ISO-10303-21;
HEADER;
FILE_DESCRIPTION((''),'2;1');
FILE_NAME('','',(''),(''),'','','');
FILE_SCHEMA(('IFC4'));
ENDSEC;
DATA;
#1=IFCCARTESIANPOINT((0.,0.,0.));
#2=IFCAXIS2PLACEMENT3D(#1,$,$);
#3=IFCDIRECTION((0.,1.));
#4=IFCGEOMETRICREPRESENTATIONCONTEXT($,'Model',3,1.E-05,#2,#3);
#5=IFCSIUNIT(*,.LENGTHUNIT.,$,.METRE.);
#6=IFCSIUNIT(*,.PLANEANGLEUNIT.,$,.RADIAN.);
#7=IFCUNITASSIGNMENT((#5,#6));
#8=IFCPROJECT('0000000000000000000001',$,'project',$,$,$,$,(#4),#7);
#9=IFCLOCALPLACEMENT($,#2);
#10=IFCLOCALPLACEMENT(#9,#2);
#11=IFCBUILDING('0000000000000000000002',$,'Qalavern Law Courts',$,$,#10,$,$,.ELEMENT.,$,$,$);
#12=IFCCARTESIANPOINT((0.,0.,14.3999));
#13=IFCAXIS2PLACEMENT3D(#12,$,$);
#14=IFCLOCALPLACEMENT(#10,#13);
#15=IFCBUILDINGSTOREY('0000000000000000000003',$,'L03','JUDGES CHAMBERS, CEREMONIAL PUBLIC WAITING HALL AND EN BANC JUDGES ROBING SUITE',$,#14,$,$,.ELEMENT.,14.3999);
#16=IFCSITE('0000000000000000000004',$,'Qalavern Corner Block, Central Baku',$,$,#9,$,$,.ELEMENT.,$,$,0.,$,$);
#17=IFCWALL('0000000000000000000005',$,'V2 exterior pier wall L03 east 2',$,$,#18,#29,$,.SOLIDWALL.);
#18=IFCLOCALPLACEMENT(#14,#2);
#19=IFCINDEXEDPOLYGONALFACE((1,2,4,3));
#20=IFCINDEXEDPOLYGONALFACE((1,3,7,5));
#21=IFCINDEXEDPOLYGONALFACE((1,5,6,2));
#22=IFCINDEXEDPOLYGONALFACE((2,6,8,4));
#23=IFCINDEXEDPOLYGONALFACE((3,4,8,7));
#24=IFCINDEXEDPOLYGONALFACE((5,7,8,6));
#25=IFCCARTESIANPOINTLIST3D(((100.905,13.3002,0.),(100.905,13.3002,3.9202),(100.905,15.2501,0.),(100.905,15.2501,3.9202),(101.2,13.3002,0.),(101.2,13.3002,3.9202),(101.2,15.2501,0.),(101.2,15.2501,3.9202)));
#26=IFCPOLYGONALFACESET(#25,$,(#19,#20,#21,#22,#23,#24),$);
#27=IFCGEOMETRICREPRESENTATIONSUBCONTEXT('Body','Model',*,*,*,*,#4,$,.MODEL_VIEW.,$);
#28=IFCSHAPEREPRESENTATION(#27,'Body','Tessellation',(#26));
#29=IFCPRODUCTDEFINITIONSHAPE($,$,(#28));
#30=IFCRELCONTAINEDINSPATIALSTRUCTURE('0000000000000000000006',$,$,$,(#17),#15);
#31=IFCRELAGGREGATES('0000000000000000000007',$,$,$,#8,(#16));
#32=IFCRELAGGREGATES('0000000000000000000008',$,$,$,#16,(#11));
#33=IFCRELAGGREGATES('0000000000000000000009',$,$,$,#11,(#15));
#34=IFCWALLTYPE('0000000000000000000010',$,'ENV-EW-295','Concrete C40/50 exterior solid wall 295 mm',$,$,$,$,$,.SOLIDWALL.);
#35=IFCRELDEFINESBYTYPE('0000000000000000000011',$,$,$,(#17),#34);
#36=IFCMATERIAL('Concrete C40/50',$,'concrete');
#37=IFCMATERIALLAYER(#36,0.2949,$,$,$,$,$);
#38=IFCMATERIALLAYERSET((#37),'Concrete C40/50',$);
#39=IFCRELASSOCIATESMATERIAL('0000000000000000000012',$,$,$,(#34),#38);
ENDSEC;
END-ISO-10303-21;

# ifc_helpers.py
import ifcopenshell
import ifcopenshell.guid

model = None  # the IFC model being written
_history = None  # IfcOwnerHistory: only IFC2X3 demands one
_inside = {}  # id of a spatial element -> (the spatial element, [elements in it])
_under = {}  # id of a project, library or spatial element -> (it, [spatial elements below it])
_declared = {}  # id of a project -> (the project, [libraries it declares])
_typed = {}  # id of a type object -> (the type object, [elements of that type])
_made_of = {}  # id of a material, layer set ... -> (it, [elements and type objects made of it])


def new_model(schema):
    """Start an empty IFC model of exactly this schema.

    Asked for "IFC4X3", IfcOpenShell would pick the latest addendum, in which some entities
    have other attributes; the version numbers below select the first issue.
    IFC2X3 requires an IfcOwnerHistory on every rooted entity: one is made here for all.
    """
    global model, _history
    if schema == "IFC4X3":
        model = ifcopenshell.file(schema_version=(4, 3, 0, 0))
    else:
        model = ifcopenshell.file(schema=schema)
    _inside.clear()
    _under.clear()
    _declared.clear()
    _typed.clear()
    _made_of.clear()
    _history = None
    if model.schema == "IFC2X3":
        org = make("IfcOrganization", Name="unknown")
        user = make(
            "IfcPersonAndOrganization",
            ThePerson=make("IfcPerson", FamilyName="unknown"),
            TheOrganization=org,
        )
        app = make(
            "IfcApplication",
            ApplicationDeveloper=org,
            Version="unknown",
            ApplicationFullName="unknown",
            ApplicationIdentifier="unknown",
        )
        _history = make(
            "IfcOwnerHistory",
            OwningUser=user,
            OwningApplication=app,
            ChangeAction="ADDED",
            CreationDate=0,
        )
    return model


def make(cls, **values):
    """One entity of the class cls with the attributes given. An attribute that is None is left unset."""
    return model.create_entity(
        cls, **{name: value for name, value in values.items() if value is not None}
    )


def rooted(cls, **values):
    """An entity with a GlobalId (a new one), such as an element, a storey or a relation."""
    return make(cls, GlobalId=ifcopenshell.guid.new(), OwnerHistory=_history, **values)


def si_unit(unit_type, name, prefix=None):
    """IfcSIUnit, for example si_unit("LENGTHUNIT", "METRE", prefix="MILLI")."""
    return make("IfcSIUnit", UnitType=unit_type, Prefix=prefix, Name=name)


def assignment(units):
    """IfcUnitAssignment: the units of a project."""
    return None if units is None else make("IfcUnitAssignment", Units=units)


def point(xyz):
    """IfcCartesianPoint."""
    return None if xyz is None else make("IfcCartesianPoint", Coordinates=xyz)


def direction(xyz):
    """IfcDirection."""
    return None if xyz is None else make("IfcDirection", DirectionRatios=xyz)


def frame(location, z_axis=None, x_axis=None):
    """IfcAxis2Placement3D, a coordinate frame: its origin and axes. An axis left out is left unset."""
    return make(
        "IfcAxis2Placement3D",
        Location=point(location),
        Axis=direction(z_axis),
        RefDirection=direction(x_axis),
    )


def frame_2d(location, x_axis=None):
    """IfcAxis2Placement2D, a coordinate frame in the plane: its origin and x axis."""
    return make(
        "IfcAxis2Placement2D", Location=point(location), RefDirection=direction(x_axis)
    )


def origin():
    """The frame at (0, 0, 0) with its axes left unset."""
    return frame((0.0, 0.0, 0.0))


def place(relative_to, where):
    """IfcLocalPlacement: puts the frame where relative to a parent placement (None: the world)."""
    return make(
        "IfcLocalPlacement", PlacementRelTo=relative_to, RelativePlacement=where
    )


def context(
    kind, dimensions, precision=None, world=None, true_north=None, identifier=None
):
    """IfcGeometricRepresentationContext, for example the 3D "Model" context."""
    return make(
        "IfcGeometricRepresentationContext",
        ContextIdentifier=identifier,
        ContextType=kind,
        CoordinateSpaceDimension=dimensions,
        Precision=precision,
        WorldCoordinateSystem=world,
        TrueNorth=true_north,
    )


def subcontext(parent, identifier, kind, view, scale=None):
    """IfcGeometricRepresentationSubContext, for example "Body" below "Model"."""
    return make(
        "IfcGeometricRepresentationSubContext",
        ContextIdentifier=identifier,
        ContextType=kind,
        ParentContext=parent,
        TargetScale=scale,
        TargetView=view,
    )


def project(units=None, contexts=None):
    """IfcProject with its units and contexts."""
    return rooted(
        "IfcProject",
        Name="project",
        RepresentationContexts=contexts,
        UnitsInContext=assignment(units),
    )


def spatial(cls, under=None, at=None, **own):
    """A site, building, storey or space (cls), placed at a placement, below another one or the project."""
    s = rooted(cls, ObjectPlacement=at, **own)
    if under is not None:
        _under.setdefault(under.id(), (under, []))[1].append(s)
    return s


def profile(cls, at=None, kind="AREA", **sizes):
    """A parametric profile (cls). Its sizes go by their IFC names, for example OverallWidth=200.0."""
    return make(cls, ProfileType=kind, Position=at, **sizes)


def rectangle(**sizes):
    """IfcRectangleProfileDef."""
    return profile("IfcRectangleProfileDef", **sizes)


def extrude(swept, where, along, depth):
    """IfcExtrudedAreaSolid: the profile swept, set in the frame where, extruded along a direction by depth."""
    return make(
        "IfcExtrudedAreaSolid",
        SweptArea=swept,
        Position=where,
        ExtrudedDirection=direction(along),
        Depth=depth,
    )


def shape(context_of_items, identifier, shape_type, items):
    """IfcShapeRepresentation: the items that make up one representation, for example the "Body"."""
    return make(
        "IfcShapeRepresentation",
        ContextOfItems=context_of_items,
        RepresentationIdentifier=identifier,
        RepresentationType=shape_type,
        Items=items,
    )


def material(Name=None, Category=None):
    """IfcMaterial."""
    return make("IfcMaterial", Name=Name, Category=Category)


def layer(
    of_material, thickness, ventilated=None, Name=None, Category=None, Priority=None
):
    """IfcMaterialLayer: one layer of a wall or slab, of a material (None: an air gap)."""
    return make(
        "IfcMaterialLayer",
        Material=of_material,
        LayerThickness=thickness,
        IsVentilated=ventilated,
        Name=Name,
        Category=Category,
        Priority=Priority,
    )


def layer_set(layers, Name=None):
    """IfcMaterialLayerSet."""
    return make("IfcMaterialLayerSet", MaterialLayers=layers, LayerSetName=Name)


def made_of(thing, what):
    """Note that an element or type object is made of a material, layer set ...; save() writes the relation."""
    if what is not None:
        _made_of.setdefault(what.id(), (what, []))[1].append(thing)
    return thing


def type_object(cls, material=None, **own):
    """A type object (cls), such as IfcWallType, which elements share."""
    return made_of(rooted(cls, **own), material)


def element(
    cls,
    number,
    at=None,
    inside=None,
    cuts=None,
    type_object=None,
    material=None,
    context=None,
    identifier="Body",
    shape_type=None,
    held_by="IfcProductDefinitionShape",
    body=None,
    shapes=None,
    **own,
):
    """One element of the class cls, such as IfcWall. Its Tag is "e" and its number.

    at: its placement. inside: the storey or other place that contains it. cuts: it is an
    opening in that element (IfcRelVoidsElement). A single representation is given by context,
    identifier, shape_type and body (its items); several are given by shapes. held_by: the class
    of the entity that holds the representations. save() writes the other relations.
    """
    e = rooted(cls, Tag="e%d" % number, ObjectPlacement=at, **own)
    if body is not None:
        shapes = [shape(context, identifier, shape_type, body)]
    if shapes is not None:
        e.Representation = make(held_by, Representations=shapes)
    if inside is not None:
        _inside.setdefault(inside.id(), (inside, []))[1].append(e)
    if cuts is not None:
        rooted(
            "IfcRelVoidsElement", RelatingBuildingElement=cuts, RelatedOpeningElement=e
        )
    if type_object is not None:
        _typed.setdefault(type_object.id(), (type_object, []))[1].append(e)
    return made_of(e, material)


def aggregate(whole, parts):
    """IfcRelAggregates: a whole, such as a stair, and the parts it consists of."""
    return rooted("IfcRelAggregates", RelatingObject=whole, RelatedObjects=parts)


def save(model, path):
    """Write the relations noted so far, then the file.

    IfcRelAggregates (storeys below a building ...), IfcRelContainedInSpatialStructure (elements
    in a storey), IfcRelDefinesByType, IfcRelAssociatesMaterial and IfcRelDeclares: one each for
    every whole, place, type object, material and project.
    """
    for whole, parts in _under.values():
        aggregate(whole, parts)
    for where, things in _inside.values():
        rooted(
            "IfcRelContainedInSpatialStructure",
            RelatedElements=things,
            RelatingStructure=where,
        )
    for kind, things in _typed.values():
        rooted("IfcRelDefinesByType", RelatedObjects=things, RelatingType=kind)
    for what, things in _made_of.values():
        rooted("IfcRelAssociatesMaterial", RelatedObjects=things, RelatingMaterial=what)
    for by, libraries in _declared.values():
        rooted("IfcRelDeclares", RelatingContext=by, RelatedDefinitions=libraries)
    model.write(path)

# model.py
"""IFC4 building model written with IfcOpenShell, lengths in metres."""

from ifc_helpers import new_model, si_unit, direction, frame, frame_2d, origin, place, context, subcontext, project, spatial, rectangle, extrude, material, layer, layer_set, type_object, element, save


model = new_model("IFC4")

# Units and contexts
model_context = context("Model", 3, precision=1e-05, world=origin(), true_north=direction((0.0, 1.0)))
body_context = subcontext(model_context, "Body", "Model", "MODEL_VIEW")
ifc_project = project(units=[si_unit("LENGTHUNIT", "METRE"), si_unit("PLANEANGLEUNIT", "RADIAN")], contexts=[model_context])

# Site, building, storey
site_placement = place(None, origin())
site = spatial("IfcSite", under=ifc_project, at=site_placement, Name="Qalavern Corner Block, Central Baku", CompositionType="ELEMENT", RefElevation=0.0)
building_placement = place(site_placement, origin())
building = spatial("IfcBuilding", under=site, at=building_placement, Name="Qalavern Law Courts", CompositionType="ELEMENT")
storey_placement = place(building_placement, frame((0.0, 0.0, 14.3999)))
storey = spatial("IfcBuildingStorey", under=building, at=storey_placement, Name="L03", Description="JUDGES CHAMBERS, CEREMONIAL PUBLIC WAITING HALL AND EN BANC JUDGES ROBING SUITE", CompositionType="ELEMENT", Elevation=14.3999)

# Wall
ifc_material_1 = material(Name="Concrete C40/50", Category="concrete")
ifc_layer_1 = layer(ifc_material_1, 0.2949)
ifc_layer_set_1 = layer_set([ifc_layer_1], Name="Concrete C40/50")
wall_type = type_object("IfcWallType", Name="ENV-EW-295", Description="Concrete C40/50 exterior solid wall 295 mm", PredefinedType="SOLIDWALL", material=ifc_layer_set_1)
wall_placement = place(storey_placement, frame((101.0525, 13.3, 0.0), z_axis=(0.0, 0.0, 1.0), x_axis=(0.0, 1.0, 0.0)))
element("IfcWall", 1, at=wall_placement, inside=storey, type_object=wall_type, Name="V2 exterior pier wall L03 east 2", PredefinedType="SOLIDWALL", context=body_context, shape_type="SweptSolid", body=[
    extrude(rectangle(XDim=1.95, YDim=0.2949, at=frame_2d((0.9751, 0.0))), origin(), (0.0, 0.0, 1.0), 3.9202),
])

save(model, "model.ifc")
